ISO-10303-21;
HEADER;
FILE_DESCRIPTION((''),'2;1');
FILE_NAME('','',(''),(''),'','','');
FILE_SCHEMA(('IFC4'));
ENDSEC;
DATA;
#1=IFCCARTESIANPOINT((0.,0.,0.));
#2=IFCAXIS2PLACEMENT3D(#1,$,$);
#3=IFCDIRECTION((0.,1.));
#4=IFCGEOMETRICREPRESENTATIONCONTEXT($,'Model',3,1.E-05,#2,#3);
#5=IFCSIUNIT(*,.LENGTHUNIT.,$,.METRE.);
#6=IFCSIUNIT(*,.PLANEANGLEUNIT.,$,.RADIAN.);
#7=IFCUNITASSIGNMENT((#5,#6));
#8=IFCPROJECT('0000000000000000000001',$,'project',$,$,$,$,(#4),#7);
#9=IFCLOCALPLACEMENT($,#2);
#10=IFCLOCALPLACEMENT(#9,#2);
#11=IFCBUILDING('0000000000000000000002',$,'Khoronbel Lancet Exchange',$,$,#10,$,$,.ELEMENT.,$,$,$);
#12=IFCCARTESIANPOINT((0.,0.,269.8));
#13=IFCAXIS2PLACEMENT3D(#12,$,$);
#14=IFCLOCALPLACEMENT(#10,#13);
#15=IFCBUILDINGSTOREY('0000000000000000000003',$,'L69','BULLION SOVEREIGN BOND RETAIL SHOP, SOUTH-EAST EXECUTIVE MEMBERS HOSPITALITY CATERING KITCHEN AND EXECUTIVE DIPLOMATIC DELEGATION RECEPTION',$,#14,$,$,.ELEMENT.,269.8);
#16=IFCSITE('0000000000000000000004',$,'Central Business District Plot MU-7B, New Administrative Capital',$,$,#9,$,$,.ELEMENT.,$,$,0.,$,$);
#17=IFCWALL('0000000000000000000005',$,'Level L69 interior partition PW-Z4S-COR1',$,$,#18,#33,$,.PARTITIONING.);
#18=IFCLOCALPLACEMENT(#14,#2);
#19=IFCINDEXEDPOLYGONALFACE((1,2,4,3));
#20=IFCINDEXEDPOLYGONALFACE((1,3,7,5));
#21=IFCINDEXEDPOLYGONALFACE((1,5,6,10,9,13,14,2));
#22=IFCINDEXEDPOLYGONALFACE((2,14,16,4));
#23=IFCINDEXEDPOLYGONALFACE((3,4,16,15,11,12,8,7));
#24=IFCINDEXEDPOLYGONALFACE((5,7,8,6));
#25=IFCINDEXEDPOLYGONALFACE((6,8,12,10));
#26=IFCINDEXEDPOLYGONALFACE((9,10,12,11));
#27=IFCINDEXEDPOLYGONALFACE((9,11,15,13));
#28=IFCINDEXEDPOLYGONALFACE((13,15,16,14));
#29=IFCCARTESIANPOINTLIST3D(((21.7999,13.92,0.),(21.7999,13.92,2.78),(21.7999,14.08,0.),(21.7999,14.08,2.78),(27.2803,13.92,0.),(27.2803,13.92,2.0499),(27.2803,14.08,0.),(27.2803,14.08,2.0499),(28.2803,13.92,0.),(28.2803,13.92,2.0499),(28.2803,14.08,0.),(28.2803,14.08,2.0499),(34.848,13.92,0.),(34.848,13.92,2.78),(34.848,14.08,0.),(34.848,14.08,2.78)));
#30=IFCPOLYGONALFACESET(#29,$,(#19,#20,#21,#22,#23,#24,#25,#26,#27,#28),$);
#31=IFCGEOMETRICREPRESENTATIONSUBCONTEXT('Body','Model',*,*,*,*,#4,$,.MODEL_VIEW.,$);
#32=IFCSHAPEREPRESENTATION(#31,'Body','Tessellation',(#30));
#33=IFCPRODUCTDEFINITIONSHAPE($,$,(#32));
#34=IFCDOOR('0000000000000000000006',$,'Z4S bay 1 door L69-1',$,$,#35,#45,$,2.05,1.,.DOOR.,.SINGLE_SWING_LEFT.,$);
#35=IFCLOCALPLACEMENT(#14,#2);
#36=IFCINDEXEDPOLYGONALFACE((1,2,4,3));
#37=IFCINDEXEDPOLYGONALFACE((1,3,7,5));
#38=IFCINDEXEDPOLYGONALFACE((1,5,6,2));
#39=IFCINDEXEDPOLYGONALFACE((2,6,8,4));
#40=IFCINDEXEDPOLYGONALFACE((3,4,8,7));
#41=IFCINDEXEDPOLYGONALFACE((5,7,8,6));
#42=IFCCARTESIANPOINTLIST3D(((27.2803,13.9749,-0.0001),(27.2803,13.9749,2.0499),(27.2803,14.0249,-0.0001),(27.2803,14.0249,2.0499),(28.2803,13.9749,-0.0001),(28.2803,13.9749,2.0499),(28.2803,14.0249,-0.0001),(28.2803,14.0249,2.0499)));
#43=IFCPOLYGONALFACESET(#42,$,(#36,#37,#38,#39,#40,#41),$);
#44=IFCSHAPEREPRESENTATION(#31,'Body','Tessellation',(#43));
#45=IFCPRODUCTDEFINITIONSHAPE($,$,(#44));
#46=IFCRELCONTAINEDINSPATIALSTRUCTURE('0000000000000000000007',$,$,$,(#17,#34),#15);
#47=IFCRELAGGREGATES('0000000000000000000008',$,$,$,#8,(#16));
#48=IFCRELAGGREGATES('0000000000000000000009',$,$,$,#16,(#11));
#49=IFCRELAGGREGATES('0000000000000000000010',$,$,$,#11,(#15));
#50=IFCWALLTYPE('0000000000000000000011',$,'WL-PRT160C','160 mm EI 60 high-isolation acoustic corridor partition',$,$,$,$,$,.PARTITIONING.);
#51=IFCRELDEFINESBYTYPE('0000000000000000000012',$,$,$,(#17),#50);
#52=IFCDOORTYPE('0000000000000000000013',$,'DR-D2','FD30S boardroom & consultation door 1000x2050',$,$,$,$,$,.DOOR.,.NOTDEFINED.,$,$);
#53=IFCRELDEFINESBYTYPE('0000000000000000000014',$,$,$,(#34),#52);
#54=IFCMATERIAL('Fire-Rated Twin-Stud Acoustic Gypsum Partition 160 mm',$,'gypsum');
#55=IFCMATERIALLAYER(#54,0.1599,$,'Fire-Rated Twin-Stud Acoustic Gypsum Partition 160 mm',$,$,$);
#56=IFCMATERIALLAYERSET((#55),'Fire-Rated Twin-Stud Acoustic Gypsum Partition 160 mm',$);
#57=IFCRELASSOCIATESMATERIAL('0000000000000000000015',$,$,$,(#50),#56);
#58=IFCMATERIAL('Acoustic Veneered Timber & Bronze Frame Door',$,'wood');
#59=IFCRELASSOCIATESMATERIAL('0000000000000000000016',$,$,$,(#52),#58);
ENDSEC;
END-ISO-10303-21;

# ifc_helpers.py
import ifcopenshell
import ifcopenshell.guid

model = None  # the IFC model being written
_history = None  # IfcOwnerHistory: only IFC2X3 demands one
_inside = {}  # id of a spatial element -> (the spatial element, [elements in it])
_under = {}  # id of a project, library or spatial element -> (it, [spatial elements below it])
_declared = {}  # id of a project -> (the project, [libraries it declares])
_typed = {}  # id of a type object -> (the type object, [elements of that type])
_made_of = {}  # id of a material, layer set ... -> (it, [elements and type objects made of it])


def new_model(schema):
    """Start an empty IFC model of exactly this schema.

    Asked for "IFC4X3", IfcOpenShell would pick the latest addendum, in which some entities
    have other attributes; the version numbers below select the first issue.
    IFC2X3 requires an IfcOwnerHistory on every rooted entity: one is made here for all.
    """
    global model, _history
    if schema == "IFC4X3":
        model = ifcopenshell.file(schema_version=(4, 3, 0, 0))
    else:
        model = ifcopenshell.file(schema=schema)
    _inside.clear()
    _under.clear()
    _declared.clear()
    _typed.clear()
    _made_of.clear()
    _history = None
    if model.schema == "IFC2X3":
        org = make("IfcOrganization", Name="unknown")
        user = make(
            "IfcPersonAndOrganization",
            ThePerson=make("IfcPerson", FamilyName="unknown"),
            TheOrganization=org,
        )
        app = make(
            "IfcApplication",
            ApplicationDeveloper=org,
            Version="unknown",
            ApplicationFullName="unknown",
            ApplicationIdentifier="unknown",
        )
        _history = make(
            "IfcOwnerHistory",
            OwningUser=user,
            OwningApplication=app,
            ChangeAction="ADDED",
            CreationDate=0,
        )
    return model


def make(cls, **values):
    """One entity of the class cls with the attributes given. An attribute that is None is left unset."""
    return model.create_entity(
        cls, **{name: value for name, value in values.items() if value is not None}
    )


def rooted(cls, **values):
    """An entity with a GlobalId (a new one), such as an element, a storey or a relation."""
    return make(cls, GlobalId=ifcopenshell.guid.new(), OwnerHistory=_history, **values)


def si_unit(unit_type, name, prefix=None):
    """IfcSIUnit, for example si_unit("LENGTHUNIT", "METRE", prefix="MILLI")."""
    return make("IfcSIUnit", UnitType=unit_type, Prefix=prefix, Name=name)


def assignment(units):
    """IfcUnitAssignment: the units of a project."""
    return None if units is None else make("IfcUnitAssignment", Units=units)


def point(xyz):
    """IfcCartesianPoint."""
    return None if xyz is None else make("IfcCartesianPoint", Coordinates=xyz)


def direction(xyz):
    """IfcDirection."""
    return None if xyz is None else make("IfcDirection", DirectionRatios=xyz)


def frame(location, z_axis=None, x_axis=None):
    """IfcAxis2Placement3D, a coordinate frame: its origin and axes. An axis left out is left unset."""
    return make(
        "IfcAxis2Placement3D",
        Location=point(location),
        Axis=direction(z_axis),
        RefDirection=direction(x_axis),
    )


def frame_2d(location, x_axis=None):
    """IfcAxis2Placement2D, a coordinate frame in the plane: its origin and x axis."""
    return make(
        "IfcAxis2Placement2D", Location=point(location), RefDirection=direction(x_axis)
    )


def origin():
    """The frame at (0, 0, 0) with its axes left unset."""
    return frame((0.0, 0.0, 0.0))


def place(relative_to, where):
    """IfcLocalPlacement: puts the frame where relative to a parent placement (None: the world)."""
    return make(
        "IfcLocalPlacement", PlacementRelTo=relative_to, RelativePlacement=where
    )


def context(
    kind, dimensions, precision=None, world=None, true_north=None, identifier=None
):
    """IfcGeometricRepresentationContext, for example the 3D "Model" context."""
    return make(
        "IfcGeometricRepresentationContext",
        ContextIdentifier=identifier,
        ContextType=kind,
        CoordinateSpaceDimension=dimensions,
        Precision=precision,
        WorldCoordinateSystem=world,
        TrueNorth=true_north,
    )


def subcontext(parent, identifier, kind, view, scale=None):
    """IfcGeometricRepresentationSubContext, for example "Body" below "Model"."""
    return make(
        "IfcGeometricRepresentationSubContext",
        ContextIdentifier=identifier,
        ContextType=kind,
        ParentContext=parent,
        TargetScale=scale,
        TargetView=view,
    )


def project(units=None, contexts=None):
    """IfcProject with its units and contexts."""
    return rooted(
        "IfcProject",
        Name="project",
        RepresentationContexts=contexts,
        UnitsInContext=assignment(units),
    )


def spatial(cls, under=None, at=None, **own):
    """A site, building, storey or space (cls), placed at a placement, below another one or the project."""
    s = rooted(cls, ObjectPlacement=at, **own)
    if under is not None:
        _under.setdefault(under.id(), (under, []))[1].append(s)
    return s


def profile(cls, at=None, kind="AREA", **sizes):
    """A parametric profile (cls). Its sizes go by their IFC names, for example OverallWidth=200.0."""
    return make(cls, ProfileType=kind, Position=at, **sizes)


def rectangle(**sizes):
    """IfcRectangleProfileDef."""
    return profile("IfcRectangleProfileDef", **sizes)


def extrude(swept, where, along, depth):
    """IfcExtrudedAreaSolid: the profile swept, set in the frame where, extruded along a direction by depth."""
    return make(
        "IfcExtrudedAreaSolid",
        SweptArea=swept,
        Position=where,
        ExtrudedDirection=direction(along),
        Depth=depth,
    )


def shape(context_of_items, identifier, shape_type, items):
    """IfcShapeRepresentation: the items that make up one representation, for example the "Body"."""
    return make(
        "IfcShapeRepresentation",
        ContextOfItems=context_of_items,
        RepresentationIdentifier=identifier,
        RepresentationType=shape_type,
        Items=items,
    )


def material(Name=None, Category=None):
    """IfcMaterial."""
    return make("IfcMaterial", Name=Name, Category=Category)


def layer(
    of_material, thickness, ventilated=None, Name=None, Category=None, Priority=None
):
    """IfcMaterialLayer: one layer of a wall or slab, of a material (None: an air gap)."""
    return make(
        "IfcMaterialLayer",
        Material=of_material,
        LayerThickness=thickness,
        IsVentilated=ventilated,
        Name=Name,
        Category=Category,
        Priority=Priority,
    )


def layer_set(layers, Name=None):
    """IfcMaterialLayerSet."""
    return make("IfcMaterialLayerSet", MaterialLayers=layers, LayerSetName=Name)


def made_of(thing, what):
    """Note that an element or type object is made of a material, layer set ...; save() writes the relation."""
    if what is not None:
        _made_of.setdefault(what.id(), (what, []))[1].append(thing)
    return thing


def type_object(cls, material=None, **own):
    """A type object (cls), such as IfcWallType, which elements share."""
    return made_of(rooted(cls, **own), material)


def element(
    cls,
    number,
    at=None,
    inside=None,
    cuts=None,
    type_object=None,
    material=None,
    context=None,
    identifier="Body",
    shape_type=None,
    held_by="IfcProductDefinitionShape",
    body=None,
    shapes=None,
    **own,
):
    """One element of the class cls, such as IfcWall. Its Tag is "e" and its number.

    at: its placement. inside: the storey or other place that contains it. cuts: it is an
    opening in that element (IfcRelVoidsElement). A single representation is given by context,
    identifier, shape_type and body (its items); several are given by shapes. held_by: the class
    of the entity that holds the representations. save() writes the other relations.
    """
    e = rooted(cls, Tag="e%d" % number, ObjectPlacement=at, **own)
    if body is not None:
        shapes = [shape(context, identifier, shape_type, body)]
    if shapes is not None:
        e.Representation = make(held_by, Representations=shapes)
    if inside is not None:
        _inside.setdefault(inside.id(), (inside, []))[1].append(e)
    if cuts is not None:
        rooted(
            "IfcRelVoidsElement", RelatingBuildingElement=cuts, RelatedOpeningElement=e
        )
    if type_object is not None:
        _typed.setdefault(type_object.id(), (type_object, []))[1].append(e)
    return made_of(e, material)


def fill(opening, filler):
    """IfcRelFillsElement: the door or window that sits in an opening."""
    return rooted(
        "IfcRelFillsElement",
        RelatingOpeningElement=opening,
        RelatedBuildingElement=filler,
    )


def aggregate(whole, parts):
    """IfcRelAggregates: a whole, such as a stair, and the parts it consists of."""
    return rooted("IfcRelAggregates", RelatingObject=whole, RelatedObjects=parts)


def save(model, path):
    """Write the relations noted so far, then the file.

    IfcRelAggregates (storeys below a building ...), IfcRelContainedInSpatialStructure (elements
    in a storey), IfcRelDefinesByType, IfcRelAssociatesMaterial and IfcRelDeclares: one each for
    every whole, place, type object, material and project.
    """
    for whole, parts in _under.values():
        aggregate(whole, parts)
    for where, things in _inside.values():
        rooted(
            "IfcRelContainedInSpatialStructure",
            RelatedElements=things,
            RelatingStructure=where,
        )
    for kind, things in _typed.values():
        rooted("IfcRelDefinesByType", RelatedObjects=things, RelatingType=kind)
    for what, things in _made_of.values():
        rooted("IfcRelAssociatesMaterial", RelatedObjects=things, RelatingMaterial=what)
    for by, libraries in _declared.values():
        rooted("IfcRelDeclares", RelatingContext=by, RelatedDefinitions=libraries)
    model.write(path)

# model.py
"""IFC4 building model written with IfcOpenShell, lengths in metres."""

from ifc_helpers import new_model, si_unit, direction, frame, frame_2d, origin, place, context, subcontext, project, spatial, rectangle, extrude, material, layer, layer_set, type_object, element, fill, save


model = new_model("IFC4")

# Units and contexts
model_context = context("Model", 3, precision=1e-05, world=origin(), true_north=direction((0.0, 1.0)))
body_context = subcontext(model_context, "Body", "Model", "MODEL_VIEW")
ifc_project = project(units=[si_unit("LENGTHUNIT", "METRE"), si_unit("PLANEANGLEUNIT", "RADIAN")], contexts=[model_context])

# Site, building, storey
site_placement = place(None, origin())
site = spatial("IfcSite", under=ifc_project, at=site_placement, Name="Central Business District Plot MU-7B, New Administrative Capital", CompositionType="ELEMENT", RefElevation=0.0)
building_placement = place(site_placement, origin())
building = spatial("IfcBuilding", under=site, at=building_placement, Name="Khoronbel Lancet Exchange", CompositionType="ELEMENT")
storey_placement = place(building_placement, frame((0.0, 0.0, 269.8)))
storey = spatial("IfcBuildingStorey", under=building, at=storey_placement, Name="L69", Description="BULLION SOVEREIGN BOND RETAIL SHOP, SOUTH-EAST EXECUTIVE MEMBERS HOSPITALITY CATERING KITCHEN AND EXECUTIVE DIPLOMATIC DELEGATION RECEPTION", CompositionType="ELEMENT", Elevation=269.8)

# Wall, opening, door
ifc_material_1 = material(Name="Fire-Rated Twin-Stud Acoustic Gypsum Partition 160 mm", Category="gypsum")
ifc_layer_1 = layer(ifc_material_1, 0.1599, Name="Fire-Rated Twin-Stud Acoustic Gypsum Partition 160 mm")
ifc_layer_set_1 = layer_set([ifc_layer_1], Name="Fire-Rated Twin-Stud Acoustic Gypsum Partition 160 mm")
wall_type_1 = type_object("IfcWallType", Name="WL-PRT160C", Description="160 mm EI 60 high-isolation acoustic corridor partition", PredefinedType="PARTITIONING", material=ifc_layer_set_1)
ifc_material_2 = material(Name="Acoustic Veneered Timber & Bronze Frame Door", Category="wood")
door_type_1 = type_object("IfcDoorType", Name="DR-D2", Description="FD30S boardroom & consultation door 1000x2050", OperationType="NOTDEFINED", PredefinedType="DOOR", material=ifc_material_2)
wall_1_placement = place(storey_placement, frame((21.8, 14.0, 0.0), z_axis=(0.0, 0.0, 1.0), x_axis=(1.0, 0.0, 0.0)))
wall_1 = element("IfcWall", 1, at=wall_1_placement, inside=storey, type_object=wall_type_1, Name="Level L69 interior partition PW-Z4S-COR1", PredefinedType="PARTITIONING", context=body_context, shape_type="SweptSolid", body=[
    extrude(rectangle(XDim=13.0481, YDim=0.1599, at=frame_2d((6.5239, 0.0))), origin(), (0.0, 0.0, 1.0), 2.78),
])
opening_1_placement = place(wall_1_placement, frame((5.4802, 0.0, 0.0)))
opening_1 = element("IfcOpeningElement", 2, at=opening_1_placement, cuts=wall_1, PredefinedType="OPENING", context=body_context, shape_type="SweptSolid", body=[
    extrude(rectangle(XDim=1.0, YDim=2.05, at=frame_2d((0.5, 1.0249))), frame((0.0, 0.0898, 0.0), z_axis=(0.0, -1.0, 0.0), x_axis=(1.0, 0.0, 0.0)), (0.0, 0.0, 1.0), 0.1799),
])
door_1_placement = place(opening_1_placement, origin())
door_1 = element("IfcDoor", 3, at=door_1_placement, inside=storey, type_object=door_type_1, Name="Z4S bay 1 door L69-1", OperationType="SINGLE_SWING_LEFT", OverallHeight=2.05, OverallWidth=1.0, PredefinedType="DOOR", context=body_context, shape_type="SweptSolid", body=[
    extrude(rectangle(XDim=1.0, YDim=2.05, at=frame_2d((0.5, 1.0249))), frame((0.0, 0.0249, 0.0), z_axis=(0.0, -1.0, 0.0), x_axis=(1.0, 0.0, 0.0)), (0.0, 0.0, 1.0), 0.05),
])
fill(opening_1, door_1)

save(model, "model.ifc")
